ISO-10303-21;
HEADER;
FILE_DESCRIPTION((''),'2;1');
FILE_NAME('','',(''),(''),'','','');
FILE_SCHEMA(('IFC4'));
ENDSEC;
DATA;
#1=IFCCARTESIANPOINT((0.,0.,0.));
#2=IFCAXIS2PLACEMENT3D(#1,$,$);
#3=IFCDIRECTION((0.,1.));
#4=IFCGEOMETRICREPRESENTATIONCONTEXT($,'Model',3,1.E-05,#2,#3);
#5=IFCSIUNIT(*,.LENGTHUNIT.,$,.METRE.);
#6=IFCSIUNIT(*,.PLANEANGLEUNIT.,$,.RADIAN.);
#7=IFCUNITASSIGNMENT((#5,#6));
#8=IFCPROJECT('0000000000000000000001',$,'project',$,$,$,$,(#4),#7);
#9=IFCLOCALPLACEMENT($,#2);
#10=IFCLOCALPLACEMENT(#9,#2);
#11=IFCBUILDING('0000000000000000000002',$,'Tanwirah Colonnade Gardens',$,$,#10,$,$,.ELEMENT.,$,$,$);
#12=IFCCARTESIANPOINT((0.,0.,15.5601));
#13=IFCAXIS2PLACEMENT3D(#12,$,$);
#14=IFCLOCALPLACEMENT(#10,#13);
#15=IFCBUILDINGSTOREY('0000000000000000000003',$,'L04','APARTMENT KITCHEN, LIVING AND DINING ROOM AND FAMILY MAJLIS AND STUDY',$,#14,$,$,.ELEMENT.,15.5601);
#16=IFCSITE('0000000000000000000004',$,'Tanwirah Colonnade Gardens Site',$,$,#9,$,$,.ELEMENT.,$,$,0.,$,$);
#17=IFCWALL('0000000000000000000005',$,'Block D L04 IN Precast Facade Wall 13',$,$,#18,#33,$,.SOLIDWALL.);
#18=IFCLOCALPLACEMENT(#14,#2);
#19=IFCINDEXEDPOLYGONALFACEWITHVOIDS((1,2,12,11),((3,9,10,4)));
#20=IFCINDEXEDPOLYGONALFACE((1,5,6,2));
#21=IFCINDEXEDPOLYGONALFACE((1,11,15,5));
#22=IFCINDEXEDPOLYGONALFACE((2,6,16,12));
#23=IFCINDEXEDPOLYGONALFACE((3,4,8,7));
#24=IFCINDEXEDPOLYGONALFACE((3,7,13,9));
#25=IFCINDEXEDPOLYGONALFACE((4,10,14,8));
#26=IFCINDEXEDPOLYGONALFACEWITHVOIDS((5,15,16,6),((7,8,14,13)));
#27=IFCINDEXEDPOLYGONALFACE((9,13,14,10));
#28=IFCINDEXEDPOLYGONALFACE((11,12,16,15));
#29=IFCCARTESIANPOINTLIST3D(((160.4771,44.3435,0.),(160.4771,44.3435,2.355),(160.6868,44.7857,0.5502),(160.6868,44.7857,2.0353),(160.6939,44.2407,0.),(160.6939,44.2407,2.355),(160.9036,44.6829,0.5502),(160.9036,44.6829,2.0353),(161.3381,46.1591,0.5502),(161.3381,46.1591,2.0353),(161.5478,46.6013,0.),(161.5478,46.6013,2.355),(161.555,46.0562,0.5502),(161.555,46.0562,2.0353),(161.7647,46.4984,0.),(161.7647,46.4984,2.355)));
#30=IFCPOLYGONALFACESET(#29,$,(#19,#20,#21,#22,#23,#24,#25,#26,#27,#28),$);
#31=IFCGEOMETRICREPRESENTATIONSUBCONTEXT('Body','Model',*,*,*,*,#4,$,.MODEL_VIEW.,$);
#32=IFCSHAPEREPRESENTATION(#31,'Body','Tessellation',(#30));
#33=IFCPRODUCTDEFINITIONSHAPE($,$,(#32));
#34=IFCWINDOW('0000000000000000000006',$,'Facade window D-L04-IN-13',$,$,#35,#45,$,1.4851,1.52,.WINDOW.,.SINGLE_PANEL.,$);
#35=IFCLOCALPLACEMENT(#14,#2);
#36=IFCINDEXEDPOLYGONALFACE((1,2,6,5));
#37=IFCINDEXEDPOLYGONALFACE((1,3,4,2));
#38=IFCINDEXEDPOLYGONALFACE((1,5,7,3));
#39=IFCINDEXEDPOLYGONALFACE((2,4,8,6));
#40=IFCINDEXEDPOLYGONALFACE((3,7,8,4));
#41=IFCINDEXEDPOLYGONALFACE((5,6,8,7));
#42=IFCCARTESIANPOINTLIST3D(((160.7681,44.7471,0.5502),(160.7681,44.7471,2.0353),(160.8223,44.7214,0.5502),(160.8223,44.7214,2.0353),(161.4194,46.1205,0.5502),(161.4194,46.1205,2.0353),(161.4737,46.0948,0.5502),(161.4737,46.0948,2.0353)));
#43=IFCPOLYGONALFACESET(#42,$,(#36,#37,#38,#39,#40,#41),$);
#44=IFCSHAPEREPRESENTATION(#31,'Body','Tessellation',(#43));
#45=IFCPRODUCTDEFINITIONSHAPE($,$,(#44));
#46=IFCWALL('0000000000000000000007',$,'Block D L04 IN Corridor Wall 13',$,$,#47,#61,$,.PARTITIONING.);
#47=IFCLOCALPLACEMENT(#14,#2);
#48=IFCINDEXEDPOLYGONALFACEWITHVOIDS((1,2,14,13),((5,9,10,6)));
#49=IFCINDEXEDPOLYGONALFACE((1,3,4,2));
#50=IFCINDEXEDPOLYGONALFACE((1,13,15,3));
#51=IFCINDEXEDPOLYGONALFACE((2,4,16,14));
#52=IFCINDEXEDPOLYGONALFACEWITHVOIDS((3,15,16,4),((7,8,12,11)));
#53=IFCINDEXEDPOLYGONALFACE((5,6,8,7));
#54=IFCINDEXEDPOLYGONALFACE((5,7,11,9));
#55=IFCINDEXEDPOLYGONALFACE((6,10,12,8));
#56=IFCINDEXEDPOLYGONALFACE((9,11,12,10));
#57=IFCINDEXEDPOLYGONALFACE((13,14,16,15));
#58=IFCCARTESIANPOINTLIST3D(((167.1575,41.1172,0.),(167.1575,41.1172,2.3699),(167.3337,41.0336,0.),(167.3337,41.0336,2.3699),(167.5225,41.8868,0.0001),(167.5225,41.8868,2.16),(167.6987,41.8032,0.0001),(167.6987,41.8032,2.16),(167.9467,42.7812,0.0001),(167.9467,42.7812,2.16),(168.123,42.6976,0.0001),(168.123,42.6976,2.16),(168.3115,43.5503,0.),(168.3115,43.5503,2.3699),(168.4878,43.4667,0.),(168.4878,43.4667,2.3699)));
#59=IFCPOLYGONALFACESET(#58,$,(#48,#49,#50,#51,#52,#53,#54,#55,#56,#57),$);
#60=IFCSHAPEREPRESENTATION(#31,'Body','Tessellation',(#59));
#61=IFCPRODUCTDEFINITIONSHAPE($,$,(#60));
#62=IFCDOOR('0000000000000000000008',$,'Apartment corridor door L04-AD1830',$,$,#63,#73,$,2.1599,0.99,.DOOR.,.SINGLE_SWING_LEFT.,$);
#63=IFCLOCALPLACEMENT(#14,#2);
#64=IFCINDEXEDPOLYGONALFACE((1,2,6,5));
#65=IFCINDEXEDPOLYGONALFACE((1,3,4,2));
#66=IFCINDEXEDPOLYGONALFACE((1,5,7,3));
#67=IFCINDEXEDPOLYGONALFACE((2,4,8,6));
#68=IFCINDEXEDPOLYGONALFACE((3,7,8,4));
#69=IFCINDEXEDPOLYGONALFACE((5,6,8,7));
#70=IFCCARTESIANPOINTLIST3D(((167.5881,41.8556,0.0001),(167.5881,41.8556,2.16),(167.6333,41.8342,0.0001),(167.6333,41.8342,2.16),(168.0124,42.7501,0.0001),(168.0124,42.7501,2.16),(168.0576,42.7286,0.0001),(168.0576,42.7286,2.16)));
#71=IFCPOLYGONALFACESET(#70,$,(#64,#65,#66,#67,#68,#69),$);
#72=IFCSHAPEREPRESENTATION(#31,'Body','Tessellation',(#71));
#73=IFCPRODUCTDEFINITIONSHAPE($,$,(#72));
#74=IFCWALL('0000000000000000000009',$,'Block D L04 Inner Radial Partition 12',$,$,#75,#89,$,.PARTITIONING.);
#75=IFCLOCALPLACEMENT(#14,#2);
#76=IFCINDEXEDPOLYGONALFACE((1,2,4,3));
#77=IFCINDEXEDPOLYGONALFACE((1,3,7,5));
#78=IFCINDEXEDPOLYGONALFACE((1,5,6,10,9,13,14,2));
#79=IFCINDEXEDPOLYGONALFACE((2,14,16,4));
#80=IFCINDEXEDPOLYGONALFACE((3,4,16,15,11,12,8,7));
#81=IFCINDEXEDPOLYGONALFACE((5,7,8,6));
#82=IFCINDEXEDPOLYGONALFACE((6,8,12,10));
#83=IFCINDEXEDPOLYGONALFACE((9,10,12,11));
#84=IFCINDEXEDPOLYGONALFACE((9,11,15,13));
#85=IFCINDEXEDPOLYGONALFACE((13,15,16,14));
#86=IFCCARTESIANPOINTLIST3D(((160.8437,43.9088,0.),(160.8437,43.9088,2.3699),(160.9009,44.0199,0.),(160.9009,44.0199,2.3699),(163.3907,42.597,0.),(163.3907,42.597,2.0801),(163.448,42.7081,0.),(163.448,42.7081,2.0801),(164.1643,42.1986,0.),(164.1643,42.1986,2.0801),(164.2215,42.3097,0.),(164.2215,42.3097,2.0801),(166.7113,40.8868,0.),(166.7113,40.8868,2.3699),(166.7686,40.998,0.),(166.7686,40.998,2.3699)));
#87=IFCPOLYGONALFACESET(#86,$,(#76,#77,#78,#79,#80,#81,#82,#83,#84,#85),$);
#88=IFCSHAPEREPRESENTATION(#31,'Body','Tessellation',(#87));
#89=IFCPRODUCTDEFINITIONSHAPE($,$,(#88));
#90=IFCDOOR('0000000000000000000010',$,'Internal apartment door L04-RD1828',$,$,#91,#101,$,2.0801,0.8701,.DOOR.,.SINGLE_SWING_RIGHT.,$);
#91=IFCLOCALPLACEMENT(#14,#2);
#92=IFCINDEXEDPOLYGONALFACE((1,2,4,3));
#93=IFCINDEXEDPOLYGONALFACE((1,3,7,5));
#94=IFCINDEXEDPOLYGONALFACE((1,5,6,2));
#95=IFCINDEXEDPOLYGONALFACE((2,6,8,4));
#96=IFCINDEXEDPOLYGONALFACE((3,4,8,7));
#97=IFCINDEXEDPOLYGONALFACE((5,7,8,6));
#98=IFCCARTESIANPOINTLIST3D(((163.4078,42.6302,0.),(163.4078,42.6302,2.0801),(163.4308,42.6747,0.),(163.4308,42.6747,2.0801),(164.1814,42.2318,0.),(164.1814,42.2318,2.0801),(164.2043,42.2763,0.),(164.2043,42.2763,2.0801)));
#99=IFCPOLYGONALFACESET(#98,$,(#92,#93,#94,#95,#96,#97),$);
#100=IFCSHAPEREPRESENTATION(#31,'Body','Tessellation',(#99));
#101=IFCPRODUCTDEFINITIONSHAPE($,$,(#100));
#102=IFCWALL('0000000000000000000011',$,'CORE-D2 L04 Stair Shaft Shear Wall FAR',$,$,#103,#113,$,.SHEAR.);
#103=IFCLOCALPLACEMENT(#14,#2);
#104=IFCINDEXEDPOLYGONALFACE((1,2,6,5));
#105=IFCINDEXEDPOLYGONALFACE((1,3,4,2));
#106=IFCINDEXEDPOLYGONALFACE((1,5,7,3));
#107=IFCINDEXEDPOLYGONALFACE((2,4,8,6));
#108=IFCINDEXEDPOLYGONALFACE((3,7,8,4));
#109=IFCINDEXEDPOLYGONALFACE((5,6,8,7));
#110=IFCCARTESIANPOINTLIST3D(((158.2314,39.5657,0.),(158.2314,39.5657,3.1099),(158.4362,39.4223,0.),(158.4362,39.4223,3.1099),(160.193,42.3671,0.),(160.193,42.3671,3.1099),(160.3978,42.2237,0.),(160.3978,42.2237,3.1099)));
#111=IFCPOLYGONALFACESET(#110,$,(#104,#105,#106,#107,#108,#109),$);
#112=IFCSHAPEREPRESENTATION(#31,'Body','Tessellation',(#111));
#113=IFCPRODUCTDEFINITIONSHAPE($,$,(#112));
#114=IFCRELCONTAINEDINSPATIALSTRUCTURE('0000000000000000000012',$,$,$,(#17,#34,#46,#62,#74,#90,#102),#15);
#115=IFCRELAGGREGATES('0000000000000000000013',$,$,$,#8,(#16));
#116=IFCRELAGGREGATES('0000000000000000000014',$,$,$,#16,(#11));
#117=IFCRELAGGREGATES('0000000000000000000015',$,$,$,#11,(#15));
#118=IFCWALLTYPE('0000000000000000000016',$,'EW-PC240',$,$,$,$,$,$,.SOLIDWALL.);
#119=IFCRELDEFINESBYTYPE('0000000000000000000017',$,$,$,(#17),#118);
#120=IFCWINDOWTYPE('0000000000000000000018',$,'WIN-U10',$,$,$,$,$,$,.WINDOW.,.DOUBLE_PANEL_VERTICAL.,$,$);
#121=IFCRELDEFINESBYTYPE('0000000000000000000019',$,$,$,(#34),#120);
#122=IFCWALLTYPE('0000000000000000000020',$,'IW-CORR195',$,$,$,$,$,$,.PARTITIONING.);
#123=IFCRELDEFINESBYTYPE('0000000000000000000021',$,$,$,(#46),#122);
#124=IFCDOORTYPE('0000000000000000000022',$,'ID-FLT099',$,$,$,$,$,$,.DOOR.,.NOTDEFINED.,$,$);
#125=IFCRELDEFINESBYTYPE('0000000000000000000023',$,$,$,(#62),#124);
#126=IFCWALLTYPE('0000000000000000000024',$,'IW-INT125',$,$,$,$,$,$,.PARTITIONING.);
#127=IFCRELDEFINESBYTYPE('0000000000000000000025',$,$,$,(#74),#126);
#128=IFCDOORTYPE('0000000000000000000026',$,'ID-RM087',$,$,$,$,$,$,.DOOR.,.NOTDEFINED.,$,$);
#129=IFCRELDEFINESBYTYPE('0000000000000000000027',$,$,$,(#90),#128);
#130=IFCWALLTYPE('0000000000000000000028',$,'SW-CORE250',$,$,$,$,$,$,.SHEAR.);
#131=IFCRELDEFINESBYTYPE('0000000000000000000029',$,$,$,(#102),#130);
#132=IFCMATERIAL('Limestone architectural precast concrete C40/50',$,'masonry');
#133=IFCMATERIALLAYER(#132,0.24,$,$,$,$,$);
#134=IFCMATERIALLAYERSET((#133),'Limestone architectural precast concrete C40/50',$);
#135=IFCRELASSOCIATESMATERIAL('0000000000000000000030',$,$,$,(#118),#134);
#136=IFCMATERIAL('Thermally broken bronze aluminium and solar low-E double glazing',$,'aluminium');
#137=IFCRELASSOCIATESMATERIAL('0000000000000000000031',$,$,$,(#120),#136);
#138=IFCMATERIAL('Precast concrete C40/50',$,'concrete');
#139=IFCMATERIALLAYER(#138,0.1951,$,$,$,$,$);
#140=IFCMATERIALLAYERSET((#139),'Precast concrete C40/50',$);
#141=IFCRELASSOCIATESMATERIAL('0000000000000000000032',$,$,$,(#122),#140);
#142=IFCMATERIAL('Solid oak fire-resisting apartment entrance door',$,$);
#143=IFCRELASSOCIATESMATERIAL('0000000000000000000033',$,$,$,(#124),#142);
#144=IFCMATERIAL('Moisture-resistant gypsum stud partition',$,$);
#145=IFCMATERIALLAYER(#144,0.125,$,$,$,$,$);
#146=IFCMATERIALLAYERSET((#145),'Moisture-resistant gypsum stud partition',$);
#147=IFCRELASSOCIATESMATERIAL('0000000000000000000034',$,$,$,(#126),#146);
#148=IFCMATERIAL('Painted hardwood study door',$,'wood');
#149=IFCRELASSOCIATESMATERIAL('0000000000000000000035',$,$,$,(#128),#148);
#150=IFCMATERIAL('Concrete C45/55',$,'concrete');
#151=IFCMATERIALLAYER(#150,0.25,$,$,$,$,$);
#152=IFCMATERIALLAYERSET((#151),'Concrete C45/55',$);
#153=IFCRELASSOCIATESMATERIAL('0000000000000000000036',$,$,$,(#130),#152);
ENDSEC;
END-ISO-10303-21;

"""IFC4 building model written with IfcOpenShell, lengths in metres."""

from ifc_helpers import new_model, si_unit, direction, frame, frame_2d, origin, place, context, subcontext, project, spatial, rectangle, extrude, material, layer, layer_set, type_object, element, fill, save


model = new_model("IFC4")

# Units and contexts
model_context = context("Model", 3, precision=1e-05, world=origin(), true_north=direction((0.0, 1.0)))
body_context = subcontext(model_context, "Body", "Model", "MODEL_VIEW")
ifc_project = project(units=[si_unit("LENGTHUNIT", "METRE"), si_unit("PLANEANGLEUNIT", "RADIAN")], contexts=[model_context])

# Site, building, storey
site_placement = place(None, origin())
site = spatial("IfcSite", under=ifc_project, at=site_placement, Name="Tanwirah Colonnade Gardens Site", CompositionType="ELEMENT", RefElevation=0.0)
building_placement = place(site_placement, origin())
building = spatial("IfcBuilding", under=site, at=building_placement, Name="Tanwirah Colonnade Gardens", CompositionType="ELEMENT")
storey_placement = place(building_placement, frame((0.0, 0.0, 15.5601)))
storey = spatial("IfcBuildingStorey", under=building, at=storey_placement, Name="L04", Description="APARTMENT KITCHEN, LIVING AND DINING ROOM AND FAMILY MAJLIS AND STUDY", CompositionType="ELEMENT", Elevation=15.5601)

# Shared definitions
ifc_material_1 = material(Name="Precast concrete C40/50", Category="concrete")

# Wall, opening, window
ifc_material_2 = material(Name="Limestone architectural precast concrete C40/50", Category="masonry")
ifc_layer_1 = layer(ifc_material_2, 0.24)
ifc_layer_set_1 = layer_set([ifc_layer_1], Name="Limestone architectural precast concrete C40/50")
wall_type_1 = type_object("IfcWallType", Name="EW-PC240", PredefinedType="SOLIDWALL", material=ifc_layer_set_1)
wall_1_placement = place(storey_placement, frame((160.5854, 44.292, 0.0), z_axis=(0.0, 0.0, 1.0), x_axis=(0.428515, 0.903535, 0.0)))
wall_1 = element("IfcWall", 1, at=wall_1_placement, inside=storey, type_object=wall_type_1, Name="Block D L04 IN Precast Facade Wall 13", PredefinedType="SOLIDWALL", context=body_context, shape_type="SweptSolid", body=[
    extrude(rectangle(XDim=2.4988, YDim=0.24, at=frame_2d((1.2495, 0.0))), origin(), (0.0, 0.0, 1.0), 2.355),
])
opening_1_placement = place(wall_1_placement, frame((0.4895, 0.0, 0.55)))
opening_1 = element("IfcOpeningElement", 2, at=opening_1_placement, cuts=wall_1, PredefinedType="OPENING", context=body_context, shape_type="SweptSolid", body=[
    extrude(rectangle(XDim=1.52, YDim=1.4851, at=frame_2d((0.76, 0.7427))), frame((0.0, 0.1299, 0.0), z_axis=(0.0, -1.0, 0.0), x_axis=(1.0, 0.0, 0.0)), (0.0, 0.0, 1.0), 0.26),
])
ifc_material_3 = material(Name="Thermally broken bronze aluminium and solar low-E double glazing", Category="aluminium")
window_type = type_object("IfcWindowType", Name="WIN-U10", PartitioningType="DOUBLE_PANEL_VERTICAL", PredefinedType="WINDOW", material=ifc_material_3)
window_placement = place(opening_1_placement, origin())
window = element("IfcWindow", 3, at=window_placement, inside=storey, type_object=window_type, Name="Facade window D-L04-IN-13", OverallHeight=1.4851, OverallWidth=1.52, PartitioningType="SINGLE_PANEL", PredefinedType="WINDOW", context=body_context, shape_type="SweptSolid", body=[
    extrude(rectangle(XDim=1.52, YDim=1.4851, at=frame_2d((0.76, 0.7427))), frame((0.0, 0.03, 0.0), z_axis=(0.0, -1.0, 0.0), x_axis=(1.0, 0.0, 0.0)), (0.0, 0.0, 1.0), 0.0601),
])
fill(opening_1, window)

# Walls, openings, doors
ifc_layer_2 = layer(ifc_material_1, 0.1951)
ifc_layer_set_2 = layer_set([ifc_layer_2], Name="Precast concrete C40/50")
wall_type_2 = type_object("IfcWallType", Name="IW-CORR195", PredefinedType="PARTITIONING", material=ifc_layer_set_2)
wall_2_placement = place(storey_placement, frame((167.2456, 41.0754, 0.0), z_axis=(0.0, 0.0, 1.0), x_axis=(0.42855, 0.903518, 0.0)))
wall_2 = element("IfcWall", 4, at=wall_2_placement, inside=storey, type_object=wall_type_2, Name="Block D L04 IN Corridor Wall 13", PredefinedType="PARTITIONING", context=body_context, shape_type="SweptSolid", body=[
    extrude(rectangle(XDim=2.6929, YDim=0.1951, at=frame_2d((1.3464, 0.0))), origin(), (0.0, 0.0, 1.0), 2.3699),
])
opening_2_placement = place(wall_2_placement, frame((0.8516, 0.0, 0.0)))
opening_2 = element("IfcOpeningElement", 5, at=opening_2_placement, cuts=wall_2, PredefinedType="OPENING", context=body_context, shape_type="SweptSolid", body=[
    extrude(rectangle(XDim=0.99, YDim=2.1599, at=frame_2d((0.4951, 1.0801))), frame((0.0, 0.1074, 0.0), z_axis=(0.0, -1.0, 0.0), x_axis=(1.0, 0.0, 0.0)), (0.0, 0.0, 1.0), 0.2151),
])
ifc_material_4 = material(Name="Solid oak fire-resisting apartment entrance door")
door_type_1 = type_object("IfcDoorType", Name="ID-FLT099", OperationType="NOTDEFINED", PredefinedType="DOOR", material=ifc_material_4)
door_1_placement = place(opening_2_placement, origin())
door_1 = element("IfcDoor", 6, at=door_1_placement, inside=storey, type_object=door_type_1, Name="Apartment corridor door L04-AD1830", OperationType="SINGLE_SWING_LEFT", OverallHeight=2.1599, OverallWidth=0.99, PredefinedType="DOOR", context=body_context, shape_type="SweptSolid", body=[
    extrude(rectangle(XDim=0.99, YDim=2.1599, at=frame_2d((0.4951, 1.0801))), frame((0.0, 0.0249, 0.0), z_axis=(0.0, -1.0, 0.0), x_axis=(1.0, 0.0, 0.0)), (0.0, 0.0, 1.0), 0.05),
])
fill(opening_2, door_1)
ifc_material_5 = material(Name="Moisture-resistant gypsum stud partition")
ifc_layer_3 = layer(ifc_material_5, 0.125)
ifc_layer_set_3 = layer_set([ifc_layer_3], Name="Moisture-resistant gypsum stud partition")
wall_type_3 = type_object("IfcWallType", Name="IW-INT125", PredefinedType="PARTITIONING", material=ifc_layer_set_3)
wall_3_placement = place(storey_placement, frame((160.8723, 43.9644, 0.0), z_axis=(0.0, 0.0, 1.0), x_axis=(0.889022, -0.457864, 0.0)))
wall_3 = element("IfcWall", 7, at=wall_3_placement, inside=storey, type_object=wall_type_3, Name="Block D L04 Inner Radial Partition 12", PredefinedType="PARTITIONING", context=body_context, shape_type="SweptSolid", body=[
    extrude(rectangle(XDim=6.6001, YDim=0.125, at=frame_2d((3.3, 0.0))), origin(), (0.0, 0.0, 1.0), 2.3699),
])
opening_3_placement = place(wall_3_placement, frame((2.865, 0.0, 0.0)))
opening_3 = element("IfcOpeningElement", 8, at=opening_3_placement, cuts=wall_3, PredefinedType="OPENING", context=body_context, shape_type="SweptSolid", body=[
    extrude(rectangle(XDim=0.8701, YDim=2.0801, at=frame_2d((0.4351, 1.04))), frame((0.0, 0.0725, 0.0), z_axis=(0.0, -1.0, 0.0), x_axis=(1.0, 0.0, 0.0)), (0.0, 0.0, 1.0), 0.145),
])
ifc_material_6 = material(Name="Painted hardwood study door", Category="wood")
door_type_2 = type_object("IfcDoorType", Name="ID-RM087", OperationType="NOTDEFINED", PredefinedType="DOOR", material=ifc_material_6)
door_2_placement = place(opening_3_placement, origin())
door_2 = element("IfcDoor", 9, at=door_2_placement, inside=storey, type_object=door_type_2, Name="Internal apartment door L04-RD1828", OperationType="SINGLE_SWING_RIGHT", OverallHeight=2.0801, OverallWidth=0.8701, PredefinedType="DOOR", context=body_context, shape_type="SweptSolid", body=[
    extrude(rectangle(XDim=0.8701, YDim=2.0801, at=frame_2d((0.4351, 1.04))), frame((0.0, 0.0249, 0.0), z_axis=(0.0, -1.0, 0.0), x_axis=(1.0, 0.0, 0.0)), (0.0, 0.0, 1.0), 0.05),
])
fill(opening_3, door_2)

# Wall
ifc_material_7 = material(Name="Concrete C45/55", Category="concrete")
ifc_layer_4 = layer(ifc_material_7, 0.25)
ifc_layer_set_4 = layer_set([ifc_layer_4], Name="Concrete C45/55")
wall_type_4 = type_object("IfcWallType", Name="SW-CORE250", PredefinedType="SHEAR", material=ifc_layer_set_4)
wall_4_placement = place(storey_placement, frame((160.2954, 42.2954, 0.0), z_axis=(0.0, 0.0, 1.0), x_axis=(-0.573582, -0.819148, 0.0)))
element("IfcWall", 10, at=wall_4_placement, inside=storey, type_object=wall_type_4, Name="CORE-D2 L04 Stair Shaft Shear Wall FAR", PredefinedType="SHEAR", context=body_context, shape_type="SweptSolid", body=[
    extrude(rectangle(XDim=3.4199, YDim=0.25, at=frame_2d((1.71, 0.0))), origin(), (0.0, 0.0, 1.0), 3.1099),
])

save(model, "model.ifc")
